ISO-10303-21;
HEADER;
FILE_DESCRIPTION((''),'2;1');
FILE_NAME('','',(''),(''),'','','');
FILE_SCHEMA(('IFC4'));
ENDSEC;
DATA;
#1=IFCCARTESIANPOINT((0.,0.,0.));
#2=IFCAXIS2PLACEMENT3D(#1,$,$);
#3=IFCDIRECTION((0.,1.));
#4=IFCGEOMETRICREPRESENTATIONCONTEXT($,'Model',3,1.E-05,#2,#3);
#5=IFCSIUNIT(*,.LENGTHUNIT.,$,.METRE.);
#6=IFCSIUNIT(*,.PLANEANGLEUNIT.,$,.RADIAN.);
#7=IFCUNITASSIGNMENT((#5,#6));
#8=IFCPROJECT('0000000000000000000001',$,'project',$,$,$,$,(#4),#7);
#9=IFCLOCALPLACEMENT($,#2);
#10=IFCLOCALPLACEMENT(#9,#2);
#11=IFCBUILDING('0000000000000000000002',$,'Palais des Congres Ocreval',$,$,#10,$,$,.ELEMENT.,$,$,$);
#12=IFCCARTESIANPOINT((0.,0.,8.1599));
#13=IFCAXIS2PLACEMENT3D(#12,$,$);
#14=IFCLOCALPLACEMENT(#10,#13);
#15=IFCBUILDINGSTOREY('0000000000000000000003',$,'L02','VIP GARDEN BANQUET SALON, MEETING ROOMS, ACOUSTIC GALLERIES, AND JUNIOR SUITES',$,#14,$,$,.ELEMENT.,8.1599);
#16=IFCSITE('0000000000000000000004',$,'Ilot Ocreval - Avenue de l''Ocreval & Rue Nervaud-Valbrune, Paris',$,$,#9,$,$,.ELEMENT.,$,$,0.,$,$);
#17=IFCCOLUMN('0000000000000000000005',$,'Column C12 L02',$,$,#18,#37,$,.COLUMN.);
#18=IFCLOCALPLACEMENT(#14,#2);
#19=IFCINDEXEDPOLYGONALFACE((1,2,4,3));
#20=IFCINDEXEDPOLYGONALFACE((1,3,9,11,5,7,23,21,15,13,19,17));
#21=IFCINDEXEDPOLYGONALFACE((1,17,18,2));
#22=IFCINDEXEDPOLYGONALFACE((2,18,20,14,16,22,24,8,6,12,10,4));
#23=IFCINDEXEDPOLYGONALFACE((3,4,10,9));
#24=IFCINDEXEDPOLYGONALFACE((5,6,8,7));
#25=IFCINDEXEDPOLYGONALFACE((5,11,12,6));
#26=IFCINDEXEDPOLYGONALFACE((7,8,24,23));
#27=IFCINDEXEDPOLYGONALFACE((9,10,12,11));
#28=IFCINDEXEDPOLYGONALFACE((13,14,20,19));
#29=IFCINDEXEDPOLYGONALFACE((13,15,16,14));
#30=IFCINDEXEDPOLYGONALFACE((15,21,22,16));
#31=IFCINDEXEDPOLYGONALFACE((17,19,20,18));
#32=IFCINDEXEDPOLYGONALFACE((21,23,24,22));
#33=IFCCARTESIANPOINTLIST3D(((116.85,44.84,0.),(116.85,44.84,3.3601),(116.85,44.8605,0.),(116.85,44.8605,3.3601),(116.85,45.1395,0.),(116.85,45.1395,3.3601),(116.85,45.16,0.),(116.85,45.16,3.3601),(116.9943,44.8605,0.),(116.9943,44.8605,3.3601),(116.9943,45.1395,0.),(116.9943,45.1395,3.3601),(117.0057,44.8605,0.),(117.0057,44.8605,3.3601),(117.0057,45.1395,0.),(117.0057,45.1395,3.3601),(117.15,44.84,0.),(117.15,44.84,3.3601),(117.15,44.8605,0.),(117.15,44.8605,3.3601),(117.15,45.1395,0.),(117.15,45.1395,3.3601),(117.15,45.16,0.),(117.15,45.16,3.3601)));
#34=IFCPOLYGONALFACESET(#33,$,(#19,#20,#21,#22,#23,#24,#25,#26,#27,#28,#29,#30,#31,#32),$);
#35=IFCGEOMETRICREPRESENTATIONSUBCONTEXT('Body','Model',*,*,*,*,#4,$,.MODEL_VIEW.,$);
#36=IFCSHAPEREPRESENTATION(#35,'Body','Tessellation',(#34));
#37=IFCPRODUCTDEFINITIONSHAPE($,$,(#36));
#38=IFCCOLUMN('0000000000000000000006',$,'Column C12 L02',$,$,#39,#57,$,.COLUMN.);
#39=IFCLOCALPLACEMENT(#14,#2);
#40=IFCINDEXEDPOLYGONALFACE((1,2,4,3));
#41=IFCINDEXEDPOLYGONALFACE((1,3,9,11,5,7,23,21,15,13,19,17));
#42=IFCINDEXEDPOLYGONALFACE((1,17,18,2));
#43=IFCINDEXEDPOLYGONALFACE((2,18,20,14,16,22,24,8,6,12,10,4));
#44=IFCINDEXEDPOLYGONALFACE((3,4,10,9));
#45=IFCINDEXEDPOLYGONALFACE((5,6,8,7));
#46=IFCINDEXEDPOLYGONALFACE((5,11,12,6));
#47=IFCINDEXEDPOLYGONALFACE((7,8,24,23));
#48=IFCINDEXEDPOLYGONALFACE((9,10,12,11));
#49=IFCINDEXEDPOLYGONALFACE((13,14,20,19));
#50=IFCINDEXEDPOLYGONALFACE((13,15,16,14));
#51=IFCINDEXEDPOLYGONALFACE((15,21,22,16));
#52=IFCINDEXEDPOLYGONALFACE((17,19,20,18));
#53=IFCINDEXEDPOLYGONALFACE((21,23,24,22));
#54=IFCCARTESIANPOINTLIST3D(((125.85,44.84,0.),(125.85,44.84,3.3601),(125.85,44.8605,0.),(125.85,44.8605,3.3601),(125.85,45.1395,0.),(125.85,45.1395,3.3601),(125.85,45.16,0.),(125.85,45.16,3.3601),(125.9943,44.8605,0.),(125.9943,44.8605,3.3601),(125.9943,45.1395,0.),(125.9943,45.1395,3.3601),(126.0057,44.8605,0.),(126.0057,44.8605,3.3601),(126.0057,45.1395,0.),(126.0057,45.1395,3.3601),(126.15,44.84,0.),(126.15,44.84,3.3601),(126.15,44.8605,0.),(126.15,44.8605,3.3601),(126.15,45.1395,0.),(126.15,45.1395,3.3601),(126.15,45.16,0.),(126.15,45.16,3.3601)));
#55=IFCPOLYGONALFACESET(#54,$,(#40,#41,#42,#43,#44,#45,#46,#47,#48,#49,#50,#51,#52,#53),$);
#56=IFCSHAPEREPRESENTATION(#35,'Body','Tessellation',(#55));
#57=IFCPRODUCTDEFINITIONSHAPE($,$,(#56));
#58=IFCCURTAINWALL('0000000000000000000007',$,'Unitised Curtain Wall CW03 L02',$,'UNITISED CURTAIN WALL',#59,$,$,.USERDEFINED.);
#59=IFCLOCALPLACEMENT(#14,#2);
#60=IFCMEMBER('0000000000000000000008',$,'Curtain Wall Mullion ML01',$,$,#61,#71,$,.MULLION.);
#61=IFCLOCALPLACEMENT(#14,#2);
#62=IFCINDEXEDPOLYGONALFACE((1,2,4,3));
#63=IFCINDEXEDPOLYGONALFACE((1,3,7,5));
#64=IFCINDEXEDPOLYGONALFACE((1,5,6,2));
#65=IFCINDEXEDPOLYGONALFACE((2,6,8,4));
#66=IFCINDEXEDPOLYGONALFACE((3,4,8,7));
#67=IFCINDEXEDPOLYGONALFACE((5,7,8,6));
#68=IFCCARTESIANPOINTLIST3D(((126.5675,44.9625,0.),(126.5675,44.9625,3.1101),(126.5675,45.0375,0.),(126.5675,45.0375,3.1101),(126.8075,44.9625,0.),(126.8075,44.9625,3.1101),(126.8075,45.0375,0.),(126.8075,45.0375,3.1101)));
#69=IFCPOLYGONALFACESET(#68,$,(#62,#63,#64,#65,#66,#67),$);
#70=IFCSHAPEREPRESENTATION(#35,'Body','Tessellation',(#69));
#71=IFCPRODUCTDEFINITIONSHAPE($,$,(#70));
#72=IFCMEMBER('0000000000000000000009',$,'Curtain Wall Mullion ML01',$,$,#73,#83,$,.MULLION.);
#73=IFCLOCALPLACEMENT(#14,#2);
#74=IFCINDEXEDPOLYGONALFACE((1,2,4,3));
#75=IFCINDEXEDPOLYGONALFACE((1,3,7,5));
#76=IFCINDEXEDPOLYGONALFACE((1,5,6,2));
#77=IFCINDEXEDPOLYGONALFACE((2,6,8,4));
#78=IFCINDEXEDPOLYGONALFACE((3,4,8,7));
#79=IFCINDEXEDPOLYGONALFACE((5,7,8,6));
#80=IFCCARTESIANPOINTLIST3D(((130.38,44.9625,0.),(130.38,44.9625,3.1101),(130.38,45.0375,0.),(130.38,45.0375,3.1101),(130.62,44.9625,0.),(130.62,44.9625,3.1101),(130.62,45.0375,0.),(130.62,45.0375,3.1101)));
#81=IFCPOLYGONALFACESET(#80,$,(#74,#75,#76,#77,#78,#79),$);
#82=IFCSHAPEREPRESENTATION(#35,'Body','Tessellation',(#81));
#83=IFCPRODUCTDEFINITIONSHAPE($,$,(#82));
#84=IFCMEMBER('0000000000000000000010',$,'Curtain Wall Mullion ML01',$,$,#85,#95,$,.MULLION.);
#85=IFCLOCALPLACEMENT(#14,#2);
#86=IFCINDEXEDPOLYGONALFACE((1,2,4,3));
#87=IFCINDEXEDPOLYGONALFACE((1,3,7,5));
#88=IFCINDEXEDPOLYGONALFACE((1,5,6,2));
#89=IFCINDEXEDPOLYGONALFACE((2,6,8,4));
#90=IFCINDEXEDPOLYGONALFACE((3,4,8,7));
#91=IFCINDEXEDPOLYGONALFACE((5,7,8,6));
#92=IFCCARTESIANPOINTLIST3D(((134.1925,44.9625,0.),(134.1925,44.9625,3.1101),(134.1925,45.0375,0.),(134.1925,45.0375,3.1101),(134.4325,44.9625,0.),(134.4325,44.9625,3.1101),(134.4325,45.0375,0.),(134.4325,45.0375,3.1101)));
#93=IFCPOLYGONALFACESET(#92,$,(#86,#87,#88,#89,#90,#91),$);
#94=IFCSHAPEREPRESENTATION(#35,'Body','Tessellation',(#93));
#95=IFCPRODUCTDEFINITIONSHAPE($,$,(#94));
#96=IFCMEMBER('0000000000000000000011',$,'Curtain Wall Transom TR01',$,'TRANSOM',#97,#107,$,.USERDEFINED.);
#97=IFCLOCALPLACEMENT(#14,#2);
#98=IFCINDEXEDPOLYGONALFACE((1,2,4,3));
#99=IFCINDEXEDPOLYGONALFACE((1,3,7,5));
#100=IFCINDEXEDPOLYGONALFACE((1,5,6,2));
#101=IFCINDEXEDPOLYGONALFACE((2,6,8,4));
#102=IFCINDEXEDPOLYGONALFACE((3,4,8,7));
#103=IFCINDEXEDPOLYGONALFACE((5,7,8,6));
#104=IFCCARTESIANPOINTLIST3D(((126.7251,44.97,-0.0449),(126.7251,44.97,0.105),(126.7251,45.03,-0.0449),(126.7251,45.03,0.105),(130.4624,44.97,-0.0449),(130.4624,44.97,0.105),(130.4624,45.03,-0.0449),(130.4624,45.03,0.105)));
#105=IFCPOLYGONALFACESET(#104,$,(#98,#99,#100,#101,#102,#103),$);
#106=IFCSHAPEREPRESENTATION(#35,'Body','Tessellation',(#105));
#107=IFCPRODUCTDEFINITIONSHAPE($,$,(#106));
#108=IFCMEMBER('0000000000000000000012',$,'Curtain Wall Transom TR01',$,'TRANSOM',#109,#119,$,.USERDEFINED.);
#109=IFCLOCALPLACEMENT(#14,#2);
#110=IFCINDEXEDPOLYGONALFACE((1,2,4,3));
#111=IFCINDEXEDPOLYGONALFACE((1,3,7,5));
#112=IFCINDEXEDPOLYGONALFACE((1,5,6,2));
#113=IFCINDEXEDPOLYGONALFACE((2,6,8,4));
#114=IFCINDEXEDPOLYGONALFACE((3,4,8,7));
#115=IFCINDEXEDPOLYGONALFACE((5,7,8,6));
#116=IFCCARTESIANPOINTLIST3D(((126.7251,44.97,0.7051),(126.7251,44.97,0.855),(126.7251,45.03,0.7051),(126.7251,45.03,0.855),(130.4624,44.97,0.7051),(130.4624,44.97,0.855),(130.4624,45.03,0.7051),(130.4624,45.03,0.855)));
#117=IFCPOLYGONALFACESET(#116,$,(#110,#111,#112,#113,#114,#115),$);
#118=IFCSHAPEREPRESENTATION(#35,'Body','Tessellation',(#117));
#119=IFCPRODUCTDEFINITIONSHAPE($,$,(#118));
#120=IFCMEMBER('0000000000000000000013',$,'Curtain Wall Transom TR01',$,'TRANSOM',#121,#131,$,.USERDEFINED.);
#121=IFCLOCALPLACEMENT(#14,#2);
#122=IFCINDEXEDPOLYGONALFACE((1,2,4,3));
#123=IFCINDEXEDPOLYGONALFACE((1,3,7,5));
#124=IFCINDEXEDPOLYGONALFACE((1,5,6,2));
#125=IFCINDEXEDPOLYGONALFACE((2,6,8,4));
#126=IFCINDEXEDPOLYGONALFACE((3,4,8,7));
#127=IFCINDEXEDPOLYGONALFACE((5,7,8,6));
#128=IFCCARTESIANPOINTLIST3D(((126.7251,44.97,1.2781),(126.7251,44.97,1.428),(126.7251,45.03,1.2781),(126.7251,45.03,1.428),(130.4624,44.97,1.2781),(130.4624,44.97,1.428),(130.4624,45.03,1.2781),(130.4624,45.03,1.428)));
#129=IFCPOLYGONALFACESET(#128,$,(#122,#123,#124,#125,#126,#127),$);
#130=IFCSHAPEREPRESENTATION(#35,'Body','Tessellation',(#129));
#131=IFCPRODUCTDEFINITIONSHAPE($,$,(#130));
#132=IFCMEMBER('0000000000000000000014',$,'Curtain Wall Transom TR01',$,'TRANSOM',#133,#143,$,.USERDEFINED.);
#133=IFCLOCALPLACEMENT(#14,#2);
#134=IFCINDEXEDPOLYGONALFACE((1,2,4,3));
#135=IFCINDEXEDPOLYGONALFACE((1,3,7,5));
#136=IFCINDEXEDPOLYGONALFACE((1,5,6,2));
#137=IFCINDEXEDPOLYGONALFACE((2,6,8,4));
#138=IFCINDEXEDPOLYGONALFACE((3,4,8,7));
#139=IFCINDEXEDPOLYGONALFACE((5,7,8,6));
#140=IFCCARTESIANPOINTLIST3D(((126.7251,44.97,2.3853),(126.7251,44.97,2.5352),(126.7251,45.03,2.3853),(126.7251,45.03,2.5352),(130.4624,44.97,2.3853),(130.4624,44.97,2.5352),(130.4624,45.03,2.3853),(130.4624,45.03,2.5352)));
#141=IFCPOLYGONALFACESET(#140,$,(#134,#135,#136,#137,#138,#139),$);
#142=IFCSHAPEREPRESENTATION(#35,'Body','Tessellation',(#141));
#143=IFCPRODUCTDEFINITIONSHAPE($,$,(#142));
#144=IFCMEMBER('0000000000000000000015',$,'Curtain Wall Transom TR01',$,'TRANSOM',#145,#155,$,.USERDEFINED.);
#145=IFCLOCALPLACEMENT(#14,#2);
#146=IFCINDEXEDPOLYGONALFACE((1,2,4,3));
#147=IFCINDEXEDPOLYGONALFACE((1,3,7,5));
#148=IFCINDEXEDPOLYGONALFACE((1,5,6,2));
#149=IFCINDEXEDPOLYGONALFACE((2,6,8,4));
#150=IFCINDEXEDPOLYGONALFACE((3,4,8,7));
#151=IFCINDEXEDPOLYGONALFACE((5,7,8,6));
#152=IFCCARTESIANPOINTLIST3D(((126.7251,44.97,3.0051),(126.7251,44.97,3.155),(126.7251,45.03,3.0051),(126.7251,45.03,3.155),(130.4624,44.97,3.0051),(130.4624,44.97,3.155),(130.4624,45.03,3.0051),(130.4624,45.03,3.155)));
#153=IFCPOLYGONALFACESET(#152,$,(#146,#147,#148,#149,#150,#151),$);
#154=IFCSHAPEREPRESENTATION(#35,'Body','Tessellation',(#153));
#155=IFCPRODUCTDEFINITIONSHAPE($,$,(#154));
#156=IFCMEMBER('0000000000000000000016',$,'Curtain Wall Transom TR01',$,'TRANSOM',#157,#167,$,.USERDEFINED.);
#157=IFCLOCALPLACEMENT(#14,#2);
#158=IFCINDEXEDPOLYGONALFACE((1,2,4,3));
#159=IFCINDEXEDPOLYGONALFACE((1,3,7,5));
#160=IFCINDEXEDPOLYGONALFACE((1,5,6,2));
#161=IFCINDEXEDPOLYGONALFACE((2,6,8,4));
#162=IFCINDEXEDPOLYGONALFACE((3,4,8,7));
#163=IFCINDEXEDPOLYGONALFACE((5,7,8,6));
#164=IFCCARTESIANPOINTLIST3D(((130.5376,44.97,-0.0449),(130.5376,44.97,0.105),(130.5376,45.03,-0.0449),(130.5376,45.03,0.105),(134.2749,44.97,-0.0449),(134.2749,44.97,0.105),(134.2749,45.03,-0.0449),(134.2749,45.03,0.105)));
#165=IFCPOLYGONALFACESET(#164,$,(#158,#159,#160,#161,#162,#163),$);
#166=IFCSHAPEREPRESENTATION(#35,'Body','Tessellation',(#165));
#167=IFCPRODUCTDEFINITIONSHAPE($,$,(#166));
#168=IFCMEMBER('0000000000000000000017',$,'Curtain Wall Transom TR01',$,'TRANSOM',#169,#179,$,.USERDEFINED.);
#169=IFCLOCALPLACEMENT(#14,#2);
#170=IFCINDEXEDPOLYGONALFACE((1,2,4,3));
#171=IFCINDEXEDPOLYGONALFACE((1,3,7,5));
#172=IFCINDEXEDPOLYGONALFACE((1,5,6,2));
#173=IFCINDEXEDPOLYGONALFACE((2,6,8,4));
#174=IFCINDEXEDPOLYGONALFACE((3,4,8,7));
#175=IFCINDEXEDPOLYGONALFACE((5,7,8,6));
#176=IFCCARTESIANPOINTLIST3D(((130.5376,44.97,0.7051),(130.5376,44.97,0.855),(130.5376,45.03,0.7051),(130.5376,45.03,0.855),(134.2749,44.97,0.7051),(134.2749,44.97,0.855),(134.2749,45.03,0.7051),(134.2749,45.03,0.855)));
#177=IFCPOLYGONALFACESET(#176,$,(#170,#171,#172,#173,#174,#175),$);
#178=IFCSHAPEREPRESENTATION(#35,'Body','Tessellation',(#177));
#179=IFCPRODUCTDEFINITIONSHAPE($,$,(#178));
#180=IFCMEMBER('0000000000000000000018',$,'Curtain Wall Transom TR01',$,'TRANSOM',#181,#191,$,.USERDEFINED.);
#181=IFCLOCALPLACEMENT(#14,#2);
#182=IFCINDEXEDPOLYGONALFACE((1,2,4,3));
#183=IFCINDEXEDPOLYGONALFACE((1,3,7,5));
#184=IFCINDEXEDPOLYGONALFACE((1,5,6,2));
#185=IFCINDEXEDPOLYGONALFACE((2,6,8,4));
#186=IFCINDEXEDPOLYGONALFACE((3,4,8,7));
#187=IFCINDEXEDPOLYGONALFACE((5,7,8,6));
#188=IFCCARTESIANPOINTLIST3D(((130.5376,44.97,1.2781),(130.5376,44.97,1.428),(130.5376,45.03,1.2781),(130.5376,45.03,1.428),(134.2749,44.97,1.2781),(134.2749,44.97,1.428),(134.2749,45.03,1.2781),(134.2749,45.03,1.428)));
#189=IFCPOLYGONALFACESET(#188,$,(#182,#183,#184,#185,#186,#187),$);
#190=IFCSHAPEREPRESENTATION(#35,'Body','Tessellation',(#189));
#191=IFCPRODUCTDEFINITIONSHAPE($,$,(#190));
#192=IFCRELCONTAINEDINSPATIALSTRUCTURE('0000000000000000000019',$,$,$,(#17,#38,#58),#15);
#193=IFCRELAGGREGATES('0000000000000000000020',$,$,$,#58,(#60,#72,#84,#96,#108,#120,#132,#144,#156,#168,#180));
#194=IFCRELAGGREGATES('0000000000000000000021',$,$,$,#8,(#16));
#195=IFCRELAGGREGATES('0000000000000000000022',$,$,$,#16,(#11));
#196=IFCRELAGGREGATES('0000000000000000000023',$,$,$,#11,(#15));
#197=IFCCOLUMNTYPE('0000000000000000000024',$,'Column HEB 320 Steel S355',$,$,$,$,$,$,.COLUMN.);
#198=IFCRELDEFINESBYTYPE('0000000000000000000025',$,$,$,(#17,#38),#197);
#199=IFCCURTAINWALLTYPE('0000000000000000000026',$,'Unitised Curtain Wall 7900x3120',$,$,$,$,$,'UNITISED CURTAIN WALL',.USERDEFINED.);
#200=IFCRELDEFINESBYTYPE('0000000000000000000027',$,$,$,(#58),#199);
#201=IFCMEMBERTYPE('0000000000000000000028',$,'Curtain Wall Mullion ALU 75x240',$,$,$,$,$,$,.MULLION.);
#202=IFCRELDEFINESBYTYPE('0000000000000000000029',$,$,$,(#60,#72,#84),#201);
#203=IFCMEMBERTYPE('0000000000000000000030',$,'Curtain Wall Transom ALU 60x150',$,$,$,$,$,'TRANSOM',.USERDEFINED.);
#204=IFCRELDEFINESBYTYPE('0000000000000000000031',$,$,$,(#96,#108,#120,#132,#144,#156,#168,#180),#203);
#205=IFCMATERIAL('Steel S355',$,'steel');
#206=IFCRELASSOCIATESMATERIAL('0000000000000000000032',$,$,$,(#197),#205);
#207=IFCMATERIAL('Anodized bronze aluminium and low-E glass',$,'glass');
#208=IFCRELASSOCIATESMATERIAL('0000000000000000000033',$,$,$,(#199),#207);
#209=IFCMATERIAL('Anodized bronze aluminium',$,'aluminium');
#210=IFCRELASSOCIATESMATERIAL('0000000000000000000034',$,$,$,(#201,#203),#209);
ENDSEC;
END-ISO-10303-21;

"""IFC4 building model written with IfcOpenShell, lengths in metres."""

from ifc_helpers import new_model, si_unit, direction, frame, origin, origin_2d, place, context, subcontext, project, spatial, rectangle, i_section, extrude, material, material_profile, profile_set, type_object, element, aggregate, save


model = new_model("IFC4")

# Units and contexts
model_context = context("Model", 3, precision=1e-05, world=origin(), true_north=direction((0.0, 1.0)))
body_context = subcontext(model_context, "Body", "Model", "MODEL_VIEW")
ifc_project = project(units=[si_unit("LENGTHUNIT", "METRE"), si_unit("PLANEANGLEUNIT", "RADIAN")], contexts=[model_context])

# Site, building, storey
site_placement = place(None, origin())
site = spatial("IfcSite", under=ifc_project, at=site_placement, Name="Ilot Ocreval - Avenue de l'Ocreval & Rue Nervaud-Valbrune, Paris", CompositionType="ELEMENT", RefElevation=0.0)
building_placement = place(site_placement, origin())
building = spatial("IfcBuilding", under=site, at=building_placement, Name="Palais des Congres Ocreval", CompositionType="ELEMENT")
storey_placement = place(building_placement, frame((0.0, 0.0, 8.1599)))
storey = spatial("IfcBuildingStorey", under=building, at=storey_placement, Name="L02", Description="VIP GARDEN BANQUET SALON, MEETING ROOMS, ACOUSTIC GALLERIES, AND JUNIOR SUITES", CompositionType="ELEMENT", Elevation=8.1599)

# Columns
ifc_material_1 = material(Name="Steel S355", Category="steel")
ifc_material_profile_1 = material_profile(ifc_material_1, i_section(OverallWidth=0.3, OverallDepth=0.3201, WebThickness=0.0115, FlangeThickness=0.0205, at=origin_2d()), Name="HEB 320")
ifc_profile_set_1 = profile_set([ifc_material_profile_1], Name="Steel S355")
column_type = type_object("IfcColumnType", Name="Column HEB 320 Steel S355", PredefinedType="COLUMN", material=ifc_profile_set_1)
for number, where, z_axis, x_axis, name in (
    (1, (117.0, 45.0, 0.0), (0.0, 0.0, 1.0), (1.0, 0.0, 0.0), "Column C12 L02"),
    (2, (126.0, 45.0, 0.0), (0.0, 0.0, 1.0), (1.0, 0.0, 0.0), "Column C12 L02"),
):
    element("IfcColumn", number, at=place(storey_placement, frame(where, z_axis=z_axis, x_axis=x_axis)), inside=storey, type_object=column_type, Name=name, PredefinedType="COLUMN", context=body_context, shape_type="SweptSolid", body=[
        extrude(i_section(OverallWidth=0.3, OverallDepth=0.3201, WebThickness=0.0115, FlangeThickness=0.0205, at=origin_2d()), origin(), (0.0, 0.0, 1.0), 3.3601),
    ])

# Curtain wall, members
ifc_material_2 = material(Name="Anodized bronze aluminium and low-E glass", Category="glass")
curtain_wall_type = type_object("IfcCurtainWallType", Name="Unitised Curtain Wall 7900x3120", ElementType="UNITISED CURTAIN WALL", PredefinedType="USERDEFINED", material=ifc_material_2)
curtain_wall_placement = place(storey_placement, origin())
curtain_wall = element("IfcCurtainWall", 3, at=curtain_wall_placement, inside=storey, type_object=curtain_wall_type, Name="Unitised Curtain Wall CW03 L02", ObjectType="UNITISED CURTAIN WALL", PredefinedType="USERDEFINED")
ifc_material_3 = material(Name="Anodized bronze aluminium", Category="aluminium")
ifc_material_profile_2 = material_profile(ifc_material_3, rectangle(XDim=0.075, YDim=0.24, at=origin_2d()), Name="ALU 75x240")
ifc_profile_set_2 = profile_set([ifc_material_profile_2], Name="Anodized bronze aluminium")
member_type_1 = type_object("IfcMemberType", Name="Curtain Wall Mullion ALU 75x240", PredefinedType="MULLION", material=ifc_profile_set_2)
member_1_placement = place(storey_placement, frame((126.6875, 45.0, 0.0), z_axis=(0.0, 0.0, 1.0), x_axis=(0.0, 1.0, 0.0)))
member_1 = element("IfcMember", 4, at=member_1_placement, type_object=member_type_1, Name="Curtain Wall Mullion ML01", PredefinedType="MULLION", context=body_context, shape_type="SweptSolid", body=[
    extrude(rectangle(XDim=0.075, YDim=0.24, at=origin_2d()), origin(), (0.0, 0.0, 1.0), 3.1101),
])
member_2_placement = place(storey_placement, frame((130.5, 45.0, 0.0), z_axis=(0.0, 0.0, 1.0), x_axis=(0.0, 1.0, 0.0)))
member_2 = element("IfcMember", 5, at=member_2_placement, type_object=member_type_1, Name="Curtain Wall Mullion ML01", PredefinedType="MULLION", context=body_context, shape_type="SweptSolid", body=[
    extrude(rectangle(XDim=0.075, YDim=0.24, at=origin_2d()), origin(), (0.0, 0.0, 1.0), 3.1101),
])
member_3_placement = place(storey_placement, frame((134.3125, 45.0, 0.0), z_axis=(0.0, 0.0, 1.0), x_axis=(0.0, 1.0, 0.0)))
member_3 = element("IfcMember", 6, at=member_3_placement, type_object=member_type_1, Name="Curtain Wall Mullion ML01", PredefinedType="MULLION", context=body_context, shape_type="SweptSolid", body=[
    extrude(rectangle(XDim=0.075, YDim=0.24, at=origin_2d()), origin(), (0.0, 0.0, 1.0), 3.1101),
])
ifc_material_profile_3 = material_profile(ifc_material_3, rectangle(XDim=0.0601, YDim=0.1499, at=origin_2d()), Name="ALU 60x150")
ifc_profile_set_3 = profile_set([ifc_material_profile_3], Name="Anodized bronze aluminium")
member_type_2 = type_object("IfcMemberType", Name="Curtain Wall Transom ALU 60x150", ElementType="TRANSOM", PredefinedType="USERDEFINED", material=ifc_profile_set_3)
member_4_placement = place(storey_placement, frame((126.7251, 45.0, 0.03), z_axis=(1.0, 0.0, 0.0), x_axis=(0.0, 1.0, 0.0)))
member_4 = element("IfcMember", 7, at=member_4_placement, type_object=member_type_2, Name="Curtain Wall Transom TR01", ObjectType="TRANSOM", PredefinedType="USERDEFINED", context=body_context, shape_type="SweptSolid", body=[
    extrude(rectangle(XDim=0.0601, YDim=0.1499, at=origin_2d()), origin(), (0.0, 0.0, 1.0), 3.7373),
])
member_5_placement = place(storey_placement, frame((126.7251, 45.0, 0.78), z_axis=(1.0, 0.0, 0.0), x_axis=(0.0, 1.0, 0.0)))
member_5 = element("IfcMember", 8, at=member_5_placement, type_object=member_type_2, Name="Curtain Wall Transom TR01", ObjectType="TRANSOM", PredefinedType="USERDEFINED", context=body_context, shape_type="SweptSolid", body=[
    extrude(rectangle(XDim=0.0601, YDim=0.1499, at=origin_2d()), origin(), (0.0, 0.0, 1.0), 3.7373),
])
member_6_placement = place(storey_placement, frame((126.7251, 45.0, 1.353), z_axis=(1.0, 0.0, 0.0), x_axis=(0.0, 1.0, 0.0)))
member_6 = element("IfcMember", 9, at=member_6_placement, type_object=member_type_2, Name="Curtain Wall Transom TR01", ObjectType="TRANSOM", PredefinedType="USERDEFINED", context=body_context, shape_type="SweptSolid", body=[
    extrude(rectangle(XDim=0.0601, YDim=0.1499, at=origin_2d()), origin(), (0.0, 0.0, 1.0), 3.7373),
])
member_7_placement = place(storey_placement, frame((126.7251, 45.0, 2.4602), z_axis=(1.0, 0.0, 0.0), x_axis=(0.0, 1.0, 0.0)))
member_7 = element("IfcMember", 10, at=member_7_placement, type_object=member_type_2, Name="Curtain Wall Transom TR01", ObjectType="TRANSOM", PredefinedType="USERDEFINED", context=body_context, shape_type="SweptSolid", body=[
    extrude(rectangle(XDim=0.0601, YDim=0.1499, at=origin_2d()), origin(), (0.0, 0.0, 1.0), 3.7373),
])
member_8_placement = place(storey_placement, frame((126.7251, 45.0, 3.0801), z_axis=(1.0, 0.0, 0.0), x_axis=(0.0, 1.0, 0.0)))
member_8 = element("IfcMember", 11, at=member_8_placement, type_object=member_type_2, Name="Curtain Wall Transom TR01", ObjectType="TRANSOM", PredefinedType="USERDEFINED", context=body_context, shape_type="SweptSolid", body=[
    extrude(rectangle(XDim=0.0601, YDim=0.1499, at=origin_2d()), origin(), (0.0, 0.0, 1.0), 3.7373),
])
member_9_placement = place(storey_placement, frame((130.5376, 45.0, 0.03), z_axis=(1.0, 0.0, 0.0), x_axis=(0.0, 1.0, 0.0)))
member_9 = element("IfcMember", 12, at=member_9_placement, type_object=member_type_2, Name="Curtain Wall Transom TR01", ObjectType="TRANSOM", PredefinedType="USERDEFINED", context=body_context, shape_type="SweptSolid", body=[
    extrude(rectangle(XDim=0.0601, YDim=0.1499, at=origin_2d()), origin(), (0.0, 0.0, 1.0), 3.7373),
])
member_10_placement = place(storey_placement, frame((130.5376, 45.0, 0.78), z_axis=(1.0, 0.0, 0.0), x_axis=(0.0, 1.0, 0.0)))
member_10 = element("IfcMember", 13, at=member_10_placement, type_object=member_type_2, Name="Curtain Wall Transom TR01", ObjectType="TRANSOM", PredefinedType="USERDEFINED", context=body_context, shape_type="SweptSolid", body=[
    extrude(rectangle(XDim=0.0601, YDim=0.1499, at=origin_2d()), origin(), (0.0, 0.0, 1.0), 3.7373),
])
member_11_placement = place(storey_placement, frame((130.5376, 45.0, 1.353), z_axis=(1.0, 0.0, 0.0), x_axis=(0.0, 1.0, 0.0)))
member_11 = element("IfcMember", 14, at=member_11_placement, type_object=member_type_2, Name="Curtain Wall Transom TR01", ObjectType="TRANSOM", PredefinedType="USERDEFINED", context=body_context, shape_type="SweptSolid", body=[
    extrude(rectangle(XDim=0.0601, YDim=0.1499, at=origin_2d()), origin(), (0.0, 0.0, 1.0), 3.7373),
])

aggregate(curtain_wall, [member_1, member_2, member_3, member_4, member_5, member_6, member_7, member_8, member_9, member_10, member_11])

save(model, "model.ifc")
